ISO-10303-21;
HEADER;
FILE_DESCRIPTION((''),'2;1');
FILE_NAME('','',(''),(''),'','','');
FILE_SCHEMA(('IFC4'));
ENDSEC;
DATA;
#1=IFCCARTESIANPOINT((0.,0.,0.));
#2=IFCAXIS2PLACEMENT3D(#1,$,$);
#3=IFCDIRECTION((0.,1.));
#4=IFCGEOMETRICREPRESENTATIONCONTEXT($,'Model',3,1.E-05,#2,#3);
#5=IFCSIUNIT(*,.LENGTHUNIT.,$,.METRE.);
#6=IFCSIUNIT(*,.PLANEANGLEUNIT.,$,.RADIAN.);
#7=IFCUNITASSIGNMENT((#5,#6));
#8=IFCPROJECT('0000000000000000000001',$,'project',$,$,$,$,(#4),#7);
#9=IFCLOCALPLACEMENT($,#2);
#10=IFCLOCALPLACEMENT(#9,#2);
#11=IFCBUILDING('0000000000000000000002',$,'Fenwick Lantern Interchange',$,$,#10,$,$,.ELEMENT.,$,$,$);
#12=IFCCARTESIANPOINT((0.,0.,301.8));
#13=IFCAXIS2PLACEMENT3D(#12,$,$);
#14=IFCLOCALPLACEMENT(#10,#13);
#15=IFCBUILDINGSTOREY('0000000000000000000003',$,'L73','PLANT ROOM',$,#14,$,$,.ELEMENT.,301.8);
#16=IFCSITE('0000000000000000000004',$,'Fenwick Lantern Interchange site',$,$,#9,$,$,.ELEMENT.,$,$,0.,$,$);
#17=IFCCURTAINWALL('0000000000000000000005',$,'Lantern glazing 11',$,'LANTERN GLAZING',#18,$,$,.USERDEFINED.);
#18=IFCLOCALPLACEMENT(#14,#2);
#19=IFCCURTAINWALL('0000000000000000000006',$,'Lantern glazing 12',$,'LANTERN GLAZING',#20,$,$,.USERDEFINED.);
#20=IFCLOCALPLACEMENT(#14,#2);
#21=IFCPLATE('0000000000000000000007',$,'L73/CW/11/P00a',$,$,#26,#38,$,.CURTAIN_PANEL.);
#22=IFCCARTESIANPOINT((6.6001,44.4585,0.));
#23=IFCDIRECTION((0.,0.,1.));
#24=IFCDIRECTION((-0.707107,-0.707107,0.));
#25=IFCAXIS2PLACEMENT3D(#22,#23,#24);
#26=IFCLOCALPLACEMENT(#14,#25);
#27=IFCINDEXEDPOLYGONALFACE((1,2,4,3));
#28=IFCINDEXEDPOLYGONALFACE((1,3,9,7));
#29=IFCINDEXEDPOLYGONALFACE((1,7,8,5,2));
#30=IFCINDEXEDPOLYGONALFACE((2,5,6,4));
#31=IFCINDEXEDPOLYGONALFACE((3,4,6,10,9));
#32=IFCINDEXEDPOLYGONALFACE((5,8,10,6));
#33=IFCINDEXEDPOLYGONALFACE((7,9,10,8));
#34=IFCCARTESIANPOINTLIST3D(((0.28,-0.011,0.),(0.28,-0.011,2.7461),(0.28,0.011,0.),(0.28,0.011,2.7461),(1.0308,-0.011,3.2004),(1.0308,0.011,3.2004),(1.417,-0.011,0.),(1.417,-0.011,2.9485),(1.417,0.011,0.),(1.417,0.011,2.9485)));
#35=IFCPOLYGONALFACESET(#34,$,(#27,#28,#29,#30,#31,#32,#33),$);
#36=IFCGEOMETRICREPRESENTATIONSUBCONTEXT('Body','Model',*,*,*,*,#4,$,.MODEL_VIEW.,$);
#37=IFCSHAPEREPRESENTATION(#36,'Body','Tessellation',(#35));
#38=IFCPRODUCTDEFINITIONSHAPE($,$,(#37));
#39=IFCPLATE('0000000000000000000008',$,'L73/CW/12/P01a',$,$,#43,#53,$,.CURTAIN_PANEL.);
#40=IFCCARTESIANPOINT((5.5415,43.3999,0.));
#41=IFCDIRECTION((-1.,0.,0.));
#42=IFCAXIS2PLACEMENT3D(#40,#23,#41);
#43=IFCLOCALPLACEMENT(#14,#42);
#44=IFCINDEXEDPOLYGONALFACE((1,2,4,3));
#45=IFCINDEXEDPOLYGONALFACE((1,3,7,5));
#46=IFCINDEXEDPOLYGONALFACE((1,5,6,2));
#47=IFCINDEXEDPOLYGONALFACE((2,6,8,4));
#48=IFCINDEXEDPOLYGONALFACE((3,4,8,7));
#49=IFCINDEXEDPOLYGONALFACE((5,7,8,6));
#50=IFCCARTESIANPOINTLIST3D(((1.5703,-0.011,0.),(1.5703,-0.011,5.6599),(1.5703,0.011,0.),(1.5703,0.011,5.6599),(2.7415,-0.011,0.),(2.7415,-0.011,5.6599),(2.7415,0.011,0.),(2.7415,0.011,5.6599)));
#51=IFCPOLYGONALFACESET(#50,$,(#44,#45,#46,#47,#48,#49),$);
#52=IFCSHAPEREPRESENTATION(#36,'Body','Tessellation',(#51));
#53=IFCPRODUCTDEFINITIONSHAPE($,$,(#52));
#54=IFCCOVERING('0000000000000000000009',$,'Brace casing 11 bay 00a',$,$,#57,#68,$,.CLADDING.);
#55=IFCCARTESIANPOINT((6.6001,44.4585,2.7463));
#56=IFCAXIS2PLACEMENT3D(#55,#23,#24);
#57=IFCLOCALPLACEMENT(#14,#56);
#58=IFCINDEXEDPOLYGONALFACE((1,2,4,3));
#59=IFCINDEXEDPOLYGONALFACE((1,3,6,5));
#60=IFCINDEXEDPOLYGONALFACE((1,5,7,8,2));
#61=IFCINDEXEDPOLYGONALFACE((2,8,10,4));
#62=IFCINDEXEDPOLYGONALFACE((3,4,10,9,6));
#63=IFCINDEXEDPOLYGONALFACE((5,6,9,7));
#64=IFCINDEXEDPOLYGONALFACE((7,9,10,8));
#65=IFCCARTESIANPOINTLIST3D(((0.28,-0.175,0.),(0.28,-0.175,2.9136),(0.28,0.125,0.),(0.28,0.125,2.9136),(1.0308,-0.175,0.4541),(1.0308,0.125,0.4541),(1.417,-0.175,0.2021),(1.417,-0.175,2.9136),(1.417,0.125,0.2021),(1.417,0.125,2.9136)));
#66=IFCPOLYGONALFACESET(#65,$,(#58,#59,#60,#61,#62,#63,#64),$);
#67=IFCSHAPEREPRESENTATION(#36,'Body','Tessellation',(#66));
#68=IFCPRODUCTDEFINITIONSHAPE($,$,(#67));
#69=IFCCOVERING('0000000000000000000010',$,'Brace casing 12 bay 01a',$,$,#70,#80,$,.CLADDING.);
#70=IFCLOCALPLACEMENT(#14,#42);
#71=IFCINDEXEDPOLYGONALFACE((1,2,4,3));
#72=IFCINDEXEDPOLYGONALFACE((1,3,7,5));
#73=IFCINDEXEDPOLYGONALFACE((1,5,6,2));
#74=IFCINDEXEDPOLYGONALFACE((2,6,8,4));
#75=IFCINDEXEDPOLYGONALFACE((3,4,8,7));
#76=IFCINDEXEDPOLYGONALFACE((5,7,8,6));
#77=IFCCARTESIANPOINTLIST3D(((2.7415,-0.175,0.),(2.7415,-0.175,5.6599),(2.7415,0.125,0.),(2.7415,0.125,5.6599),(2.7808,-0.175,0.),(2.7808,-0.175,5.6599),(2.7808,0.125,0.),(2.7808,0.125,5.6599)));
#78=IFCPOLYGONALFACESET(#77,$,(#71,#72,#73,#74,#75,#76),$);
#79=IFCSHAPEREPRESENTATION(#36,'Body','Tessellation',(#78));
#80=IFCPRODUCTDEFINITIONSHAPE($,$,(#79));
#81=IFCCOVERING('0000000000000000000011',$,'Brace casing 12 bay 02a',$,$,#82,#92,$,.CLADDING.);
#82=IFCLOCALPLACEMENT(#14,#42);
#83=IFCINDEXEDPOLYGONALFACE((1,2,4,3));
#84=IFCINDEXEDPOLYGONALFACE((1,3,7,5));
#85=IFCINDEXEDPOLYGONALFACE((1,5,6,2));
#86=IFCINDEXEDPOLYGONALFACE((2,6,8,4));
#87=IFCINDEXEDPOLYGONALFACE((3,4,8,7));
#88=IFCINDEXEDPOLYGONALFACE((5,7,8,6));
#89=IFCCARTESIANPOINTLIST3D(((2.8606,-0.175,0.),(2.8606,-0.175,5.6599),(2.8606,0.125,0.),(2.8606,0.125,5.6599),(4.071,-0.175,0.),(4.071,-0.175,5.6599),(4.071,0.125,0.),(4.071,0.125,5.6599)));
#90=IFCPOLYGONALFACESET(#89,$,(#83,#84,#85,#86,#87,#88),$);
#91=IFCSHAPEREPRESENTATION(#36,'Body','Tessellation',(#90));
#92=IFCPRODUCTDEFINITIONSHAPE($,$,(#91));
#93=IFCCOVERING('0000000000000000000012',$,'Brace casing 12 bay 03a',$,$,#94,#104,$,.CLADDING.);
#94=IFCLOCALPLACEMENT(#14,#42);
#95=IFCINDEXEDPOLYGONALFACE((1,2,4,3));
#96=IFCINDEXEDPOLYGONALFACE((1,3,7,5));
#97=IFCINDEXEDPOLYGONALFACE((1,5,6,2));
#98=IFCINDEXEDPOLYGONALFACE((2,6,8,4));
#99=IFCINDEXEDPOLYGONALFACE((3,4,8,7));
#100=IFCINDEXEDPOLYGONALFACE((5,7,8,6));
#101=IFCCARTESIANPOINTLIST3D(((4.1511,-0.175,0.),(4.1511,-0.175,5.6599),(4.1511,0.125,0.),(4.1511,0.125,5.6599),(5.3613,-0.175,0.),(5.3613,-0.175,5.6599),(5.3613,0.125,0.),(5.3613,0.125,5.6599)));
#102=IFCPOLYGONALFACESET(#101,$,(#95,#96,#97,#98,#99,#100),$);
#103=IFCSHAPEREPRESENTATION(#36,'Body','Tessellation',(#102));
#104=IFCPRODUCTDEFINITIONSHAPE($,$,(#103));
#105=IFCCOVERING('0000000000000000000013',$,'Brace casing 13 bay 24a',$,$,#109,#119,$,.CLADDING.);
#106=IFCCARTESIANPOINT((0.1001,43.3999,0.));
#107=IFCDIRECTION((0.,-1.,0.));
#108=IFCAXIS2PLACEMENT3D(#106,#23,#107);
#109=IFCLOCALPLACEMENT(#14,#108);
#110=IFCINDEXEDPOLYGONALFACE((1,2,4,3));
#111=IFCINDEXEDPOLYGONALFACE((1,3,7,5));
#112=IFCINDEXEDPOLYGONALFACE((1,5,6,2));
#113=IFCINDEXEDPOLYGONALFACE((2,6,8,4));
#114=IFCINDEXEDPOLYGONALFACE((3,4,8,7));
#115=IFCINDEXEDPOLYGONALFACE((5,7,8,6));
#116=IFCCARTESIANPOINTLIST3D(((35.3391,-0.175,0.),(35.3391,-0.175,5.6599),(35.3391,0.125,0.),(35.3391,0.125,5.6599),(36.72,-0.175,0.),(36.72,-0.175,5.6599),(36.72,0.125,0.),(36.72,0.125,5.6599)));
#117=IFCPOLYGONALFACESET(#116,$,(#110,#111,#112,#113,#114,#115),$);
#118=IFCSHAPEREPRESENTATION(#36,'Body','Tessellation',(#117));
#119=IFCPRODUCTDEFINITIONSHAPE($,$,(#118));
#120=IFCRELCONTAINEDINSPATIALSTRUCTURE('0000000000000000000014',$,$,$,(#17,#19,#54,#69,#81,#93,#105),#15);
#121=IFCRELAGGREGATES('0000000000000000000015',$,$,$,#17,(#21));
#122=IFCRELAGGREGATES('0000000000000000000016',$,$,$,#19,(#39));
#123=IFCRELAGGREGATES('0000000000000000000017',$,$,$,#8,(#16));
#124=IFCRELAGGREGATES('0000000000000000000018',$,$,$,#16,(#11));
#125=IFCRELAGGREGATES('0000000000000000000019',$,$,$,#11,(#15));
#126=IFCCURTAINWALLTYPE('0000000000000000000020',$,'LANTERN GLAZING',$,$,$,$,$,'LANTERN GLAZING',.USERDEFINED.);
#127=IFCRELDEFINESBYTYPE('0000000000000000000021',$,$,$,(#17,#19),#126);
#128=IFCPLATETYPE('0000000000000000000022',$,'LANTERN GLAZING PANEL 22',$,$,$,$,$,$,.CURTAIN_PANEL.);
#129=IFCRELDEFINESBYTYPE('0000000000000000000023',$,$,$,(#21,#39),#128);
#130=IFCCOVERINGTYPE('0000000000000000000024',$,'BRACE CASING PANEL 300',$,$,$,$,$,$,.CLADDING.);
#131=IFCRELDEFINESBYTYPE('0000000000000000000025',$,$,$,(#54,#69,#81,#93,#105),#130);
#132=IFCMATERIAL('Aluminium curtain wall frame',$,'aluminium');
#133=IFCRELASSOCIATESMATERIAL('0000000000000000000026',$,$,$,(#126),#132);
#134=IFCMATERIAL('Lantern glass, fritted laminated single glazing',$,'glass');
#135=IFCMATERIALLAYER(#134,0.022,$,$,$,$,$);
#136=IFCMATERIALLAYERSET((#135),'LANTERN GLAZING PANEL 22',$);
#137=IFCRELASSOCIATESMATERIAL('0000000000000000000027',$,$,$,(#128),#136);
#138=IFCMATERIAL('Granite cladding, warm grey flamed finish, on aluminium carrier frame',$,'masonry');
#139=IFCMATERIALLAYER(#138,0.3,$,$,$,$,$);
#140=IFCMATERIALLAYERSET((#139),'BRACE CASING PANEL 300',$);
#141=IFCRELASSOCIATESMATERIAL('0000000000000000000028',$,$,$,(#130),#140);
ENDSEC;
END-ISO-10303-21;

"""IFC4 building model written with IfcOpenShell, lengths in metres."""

from ifc_helpers import new_model, si_unit, direction, frame, origin, place, context, subcontext, project, spatial, polyline, outline, extrude, material, layer, layer_set, type_object, element, aggregate, save


model = new_model("IFC4")

# Units and contexts
model_context = context("Model", 3, precision=1e-05, world=origin(), true_north=direction((0.0, 1.0)))
body_context = subcontext(model_context, "Body", "Model", "MODEL_VIEW")
ifc_project = project(units=[si_unit("LENGTHUNIT", "METRE"), si_unit("PLANEANGLEUNIT", "RADIAN")], contexts=[model_context])

# Site, building, storey
site_placement = place(None, origin())
site = spatial("IfcSite", under=ifc_project, at=site_placement, Name="Fenwick Lantern Interchange site", CompositionType="ELEMENT", RefElevation=0.0)
building_placement = place(site_placement, origin())
building = spatial("IfcBuilding", under=site, at=building_placement, Name="Fenwick Lantern Interchange", CompositionType="ELEMENT")
storey_placement = place(building_placement, frame((0.0, 0.0, 301.8)))
storey = spatial("IfcBuildingStorey", under=building, at=storey_placement, Name="L73", Description="PLANT ROOM", CompositionType="ELEMENT", Elevation=301.8)

# Shared definitions
ifc_material_1 = material(Name="Aluminium curtain wall frame", Category="aluminium")
curtain_wall_type = type_object("IfcCurtainWallType", Name="LANTERN GLAZING", ElementType="LANTERN GLAZING", PredefinedType="USERDEFINED", material=ifc_material_1)

# Curtain walls
curtain_wall_1_placement = place(storey_placement, origin())
curtain_wall_1 = element("IfcCurtainWall", 1, at=curtain_wall_1_placement, inside=storey, type_object=curtain_wall_type, Name="Lantern glazing 11", ObjectType="LANTERN GLAZING", PredefinedType="USERDEFINED")
curtain_wall_2_placement = place(storey_placement, origin())
curtain_wall_2 = element("IfcCurtainWall", 2, at=curtain_wall_2_placement, inside=storey, type_object=curtain_wall_type, Name="Lantern glazing 12", ObjectType="LANTERN GLAZING", PredefinedType="USERDEFINED")

# Plates
ifc_material_2 = material(Name="Lantern glass, fritted laminated single glazing", Category="glass")
ifc_layer_1 = layer(ifc_material_2, 0.022)
ifc_layer_set_1 = layer_set([ifc_layer_1], Name="LANTERN GLAZING PANEL 22")
plate_type = type_object("IfcPlateType", Name="LANTERN GLAZING PANEL 22", PredefinedType="CURTAIN_PANEL", material=ifc_layer_set_1)
plate_1_placement = place(storey_placement, frame((6.6001, 44.4585, 0.0), z_axis=(0.0, 0.0, 1.0), x_axis=(-0.707107, -0.707107, 0.0)))
plate_1 = element("IfcPlate", 3, at=plate_1_placement, type_object=plate_type, Name="L73/CW/11/P00a", PredefinedType="CURTAIN_PANEL", context=body_context, shape_type="SweptSolid", body=[
    extrude(outline(polyline([(0.28, 0.0), (1.417, 0.0), (1.417, 2.9485), (1.0308, 3.2004), (0.28, 2.7461), (0.28, 0.0)])), frame((0.0, 0.011, 0.0), z_axis=(0.0, -1.0, 0.0), x_axis=(1.0, 0.0, 0.0)), (0.0, 0.0, 1.0), 0.022),
])
aggregate(curtain_wall_1, [plate_1])
plate_2_placement = place(storey_placement, frame((5.5415, 43.3999, 0.0), z_axis=(0.0, 0.0, 1.0), x_axis=(-1.0, 0.0, 0.0)))
plate_2 = element("IfcPlate", 4, at=plate_2_placement, type_object=plate_type, Name="L73/CW/12/P01a", PredefinedType="CURTAIN_PANEL", context=body_context, shape_type="SweptSolid", body=[
    extrude(outline(polyline([(1.5703, 0.0), (2.7415, 0.0), (2.7415, 5.6599), (1.5703, 5.6599), (1.5703, 0.0)])), frame((0.0, 0.011, 0.0), z_axis=(0.0, -1.0, 0.0), x_axis=(1.0, 0.0, 0.0)), (0.0, 0.0, 1.0), 0.022),
])
aggregate(curtain_wall_2, [plate_2])

# Coverings
ifc_material_3 = material(Name="Granite cladding, warm grey flamed finish, on aluminium carrier frame", Category="masonry")
ifc_layer_2 = layer(ifc_material_3, 0.3)
ifc_layer_set_2 = layer_set([ifc_layer_2], Name="BRACE CASING PANEL 300")
covering_type = type_object("IfcCoveringType", Name="BRACE CASING PANEL 300", PredefinedType="CLADDING", material=ifc_layer_set_2)
covering_1_placement = place(storey_placement, frame((6.6001, 44.4585, 2.7463), z_axis=(0.0, 0.0, 1.0), x_axis=(-0.707107, -0.707107, 0.0)))
element("IfcCovering", 5, at=covering_1_placement, inside=storey, type_object=covering_type, Name="Brace casing 11 bay 00a", PredefinedType="CLADDING", context=body_context, shape_type="SweptSolid", body=[
    extrude(outline(polyline([(0.28, 0.0), (1.0308, 0.4541), (1.417, 0.2021), (1.417, 2.9136), (0.28, 2.9136), (0.28, 0.0)])), frame((0.0, 0.125, 0.0), z_axis=(0.0, -1.0, 0.0), x_axis=(1.0, 0.0, 0.0)), (0.0, 0.0, 1.0), 0.3),
])
covering_2_placement = place(storey_placement, frame((5.5415, 43.3999, 0.0), z_axis=(0.0, 0.0, 1.0), x_axis=(-1.0, 0.0, 0.0)))
element("IfcCovering", 6, at=covering_2_placement, inside=storey, type_object=covering_type, Name="Brace casing 12 bay 01a", PredefinedType="CLADDING", context=body_context, shape_type="SweptSolid", body=[
    extrude(outline(polyline([(2.7415, 0.0), (2.7808, 0.0), (2.7808, 5.6599), (2.7415, 5.6599), (2.7415, 0.0)])), frame((0.0, 0.125, 0.0), z_axis=(0.0, -1.0, 0.0), x_axis=(1.0, 0.0, 0.0)), (0.0, 0.0, 1.0), 0.3),
])
covering_3_placement = place(storey_placement, frame((5.5415, 43.3999, 0.0), z_axis=(0.0, 0.0, 1.0), x_axis=(-1.0, 0.0, 0.0)))
element("IfcCovering", 7, at=covering_3_placement, inside=storey, type_object=covering_type, Name="Brace casing 12 bay 02a", PredefinedType="CLADDING", context=body_context, shape_type="SweptSolid", body=[
    extrude(outline(polyline([(2.8606, 0.0), (4.071, 0.0), (4.071, 5.6599), (2.8606, 5.6599), (2.8606, 0.0)])), frame((0.0, 0.125, 0.0), z_axis=(0.0, -1.0, 0.0), x_axis=(1.0, 0.0, 0.0)), (0.0, 0.0, 1.0), 0.3),
])
covering_4_placement = place(storey_placement, frame((5.5415, 43.3999, 0.0), z_axis=(0.0, 0.0, 1.0), x_axis=(-1.0, 0.0, 0.0)))
element("IfcCovering", 8, at=covering_4_placement, inside=storey, type_object=covering_type, Name="Brace casing 12 bay 03a", PredefinedType="CLADDING", context=body_context, shape_type="SweptSolid", body=[
    extrude(outline(polyline([(4.1511, 0.0), (5.3613, 0.0), (5.3613, 5.6599), (4.1511, 5.6599), (4.1511, 0.0)])), frame((0.0, 0.125, 0.0), z_axis=(0.0, -1.0, 0.0), x_axis=(1.0, 0.0, 0.0)), (0.0, 0.0, 1.0), 0.3),
])
covering_5_placement = place(storey_placement, frame((0.1001, 43.3999, 0.0), z_axis=(0.0, 0.0, 1.0), x_axis=(0.0, -1.0, 0.0)))
element("IfcCovering", 9, at=covering_5_placement, inside=storey, type_object=covering_type, Name="Brace casing 13 bay 24a", PredefinedType="CLADDING", context=body_context, shape_type="SweptSolid", body=[
    extrude(outline(polyline([(35.3391, 0.0), (36.72, 0.0), (36.72, 5.6599), (35.3391, 5.6599), (35.3391, 0.0)])), frame((0.0, 0.125, 0.0), z_axis=(0.0, -1.0, 0.0), x_axis=(1.0, 0.0, 0.0)), (0.0, 0.0, 1.0), 0.3),
])

save(model, "model.ifc")
